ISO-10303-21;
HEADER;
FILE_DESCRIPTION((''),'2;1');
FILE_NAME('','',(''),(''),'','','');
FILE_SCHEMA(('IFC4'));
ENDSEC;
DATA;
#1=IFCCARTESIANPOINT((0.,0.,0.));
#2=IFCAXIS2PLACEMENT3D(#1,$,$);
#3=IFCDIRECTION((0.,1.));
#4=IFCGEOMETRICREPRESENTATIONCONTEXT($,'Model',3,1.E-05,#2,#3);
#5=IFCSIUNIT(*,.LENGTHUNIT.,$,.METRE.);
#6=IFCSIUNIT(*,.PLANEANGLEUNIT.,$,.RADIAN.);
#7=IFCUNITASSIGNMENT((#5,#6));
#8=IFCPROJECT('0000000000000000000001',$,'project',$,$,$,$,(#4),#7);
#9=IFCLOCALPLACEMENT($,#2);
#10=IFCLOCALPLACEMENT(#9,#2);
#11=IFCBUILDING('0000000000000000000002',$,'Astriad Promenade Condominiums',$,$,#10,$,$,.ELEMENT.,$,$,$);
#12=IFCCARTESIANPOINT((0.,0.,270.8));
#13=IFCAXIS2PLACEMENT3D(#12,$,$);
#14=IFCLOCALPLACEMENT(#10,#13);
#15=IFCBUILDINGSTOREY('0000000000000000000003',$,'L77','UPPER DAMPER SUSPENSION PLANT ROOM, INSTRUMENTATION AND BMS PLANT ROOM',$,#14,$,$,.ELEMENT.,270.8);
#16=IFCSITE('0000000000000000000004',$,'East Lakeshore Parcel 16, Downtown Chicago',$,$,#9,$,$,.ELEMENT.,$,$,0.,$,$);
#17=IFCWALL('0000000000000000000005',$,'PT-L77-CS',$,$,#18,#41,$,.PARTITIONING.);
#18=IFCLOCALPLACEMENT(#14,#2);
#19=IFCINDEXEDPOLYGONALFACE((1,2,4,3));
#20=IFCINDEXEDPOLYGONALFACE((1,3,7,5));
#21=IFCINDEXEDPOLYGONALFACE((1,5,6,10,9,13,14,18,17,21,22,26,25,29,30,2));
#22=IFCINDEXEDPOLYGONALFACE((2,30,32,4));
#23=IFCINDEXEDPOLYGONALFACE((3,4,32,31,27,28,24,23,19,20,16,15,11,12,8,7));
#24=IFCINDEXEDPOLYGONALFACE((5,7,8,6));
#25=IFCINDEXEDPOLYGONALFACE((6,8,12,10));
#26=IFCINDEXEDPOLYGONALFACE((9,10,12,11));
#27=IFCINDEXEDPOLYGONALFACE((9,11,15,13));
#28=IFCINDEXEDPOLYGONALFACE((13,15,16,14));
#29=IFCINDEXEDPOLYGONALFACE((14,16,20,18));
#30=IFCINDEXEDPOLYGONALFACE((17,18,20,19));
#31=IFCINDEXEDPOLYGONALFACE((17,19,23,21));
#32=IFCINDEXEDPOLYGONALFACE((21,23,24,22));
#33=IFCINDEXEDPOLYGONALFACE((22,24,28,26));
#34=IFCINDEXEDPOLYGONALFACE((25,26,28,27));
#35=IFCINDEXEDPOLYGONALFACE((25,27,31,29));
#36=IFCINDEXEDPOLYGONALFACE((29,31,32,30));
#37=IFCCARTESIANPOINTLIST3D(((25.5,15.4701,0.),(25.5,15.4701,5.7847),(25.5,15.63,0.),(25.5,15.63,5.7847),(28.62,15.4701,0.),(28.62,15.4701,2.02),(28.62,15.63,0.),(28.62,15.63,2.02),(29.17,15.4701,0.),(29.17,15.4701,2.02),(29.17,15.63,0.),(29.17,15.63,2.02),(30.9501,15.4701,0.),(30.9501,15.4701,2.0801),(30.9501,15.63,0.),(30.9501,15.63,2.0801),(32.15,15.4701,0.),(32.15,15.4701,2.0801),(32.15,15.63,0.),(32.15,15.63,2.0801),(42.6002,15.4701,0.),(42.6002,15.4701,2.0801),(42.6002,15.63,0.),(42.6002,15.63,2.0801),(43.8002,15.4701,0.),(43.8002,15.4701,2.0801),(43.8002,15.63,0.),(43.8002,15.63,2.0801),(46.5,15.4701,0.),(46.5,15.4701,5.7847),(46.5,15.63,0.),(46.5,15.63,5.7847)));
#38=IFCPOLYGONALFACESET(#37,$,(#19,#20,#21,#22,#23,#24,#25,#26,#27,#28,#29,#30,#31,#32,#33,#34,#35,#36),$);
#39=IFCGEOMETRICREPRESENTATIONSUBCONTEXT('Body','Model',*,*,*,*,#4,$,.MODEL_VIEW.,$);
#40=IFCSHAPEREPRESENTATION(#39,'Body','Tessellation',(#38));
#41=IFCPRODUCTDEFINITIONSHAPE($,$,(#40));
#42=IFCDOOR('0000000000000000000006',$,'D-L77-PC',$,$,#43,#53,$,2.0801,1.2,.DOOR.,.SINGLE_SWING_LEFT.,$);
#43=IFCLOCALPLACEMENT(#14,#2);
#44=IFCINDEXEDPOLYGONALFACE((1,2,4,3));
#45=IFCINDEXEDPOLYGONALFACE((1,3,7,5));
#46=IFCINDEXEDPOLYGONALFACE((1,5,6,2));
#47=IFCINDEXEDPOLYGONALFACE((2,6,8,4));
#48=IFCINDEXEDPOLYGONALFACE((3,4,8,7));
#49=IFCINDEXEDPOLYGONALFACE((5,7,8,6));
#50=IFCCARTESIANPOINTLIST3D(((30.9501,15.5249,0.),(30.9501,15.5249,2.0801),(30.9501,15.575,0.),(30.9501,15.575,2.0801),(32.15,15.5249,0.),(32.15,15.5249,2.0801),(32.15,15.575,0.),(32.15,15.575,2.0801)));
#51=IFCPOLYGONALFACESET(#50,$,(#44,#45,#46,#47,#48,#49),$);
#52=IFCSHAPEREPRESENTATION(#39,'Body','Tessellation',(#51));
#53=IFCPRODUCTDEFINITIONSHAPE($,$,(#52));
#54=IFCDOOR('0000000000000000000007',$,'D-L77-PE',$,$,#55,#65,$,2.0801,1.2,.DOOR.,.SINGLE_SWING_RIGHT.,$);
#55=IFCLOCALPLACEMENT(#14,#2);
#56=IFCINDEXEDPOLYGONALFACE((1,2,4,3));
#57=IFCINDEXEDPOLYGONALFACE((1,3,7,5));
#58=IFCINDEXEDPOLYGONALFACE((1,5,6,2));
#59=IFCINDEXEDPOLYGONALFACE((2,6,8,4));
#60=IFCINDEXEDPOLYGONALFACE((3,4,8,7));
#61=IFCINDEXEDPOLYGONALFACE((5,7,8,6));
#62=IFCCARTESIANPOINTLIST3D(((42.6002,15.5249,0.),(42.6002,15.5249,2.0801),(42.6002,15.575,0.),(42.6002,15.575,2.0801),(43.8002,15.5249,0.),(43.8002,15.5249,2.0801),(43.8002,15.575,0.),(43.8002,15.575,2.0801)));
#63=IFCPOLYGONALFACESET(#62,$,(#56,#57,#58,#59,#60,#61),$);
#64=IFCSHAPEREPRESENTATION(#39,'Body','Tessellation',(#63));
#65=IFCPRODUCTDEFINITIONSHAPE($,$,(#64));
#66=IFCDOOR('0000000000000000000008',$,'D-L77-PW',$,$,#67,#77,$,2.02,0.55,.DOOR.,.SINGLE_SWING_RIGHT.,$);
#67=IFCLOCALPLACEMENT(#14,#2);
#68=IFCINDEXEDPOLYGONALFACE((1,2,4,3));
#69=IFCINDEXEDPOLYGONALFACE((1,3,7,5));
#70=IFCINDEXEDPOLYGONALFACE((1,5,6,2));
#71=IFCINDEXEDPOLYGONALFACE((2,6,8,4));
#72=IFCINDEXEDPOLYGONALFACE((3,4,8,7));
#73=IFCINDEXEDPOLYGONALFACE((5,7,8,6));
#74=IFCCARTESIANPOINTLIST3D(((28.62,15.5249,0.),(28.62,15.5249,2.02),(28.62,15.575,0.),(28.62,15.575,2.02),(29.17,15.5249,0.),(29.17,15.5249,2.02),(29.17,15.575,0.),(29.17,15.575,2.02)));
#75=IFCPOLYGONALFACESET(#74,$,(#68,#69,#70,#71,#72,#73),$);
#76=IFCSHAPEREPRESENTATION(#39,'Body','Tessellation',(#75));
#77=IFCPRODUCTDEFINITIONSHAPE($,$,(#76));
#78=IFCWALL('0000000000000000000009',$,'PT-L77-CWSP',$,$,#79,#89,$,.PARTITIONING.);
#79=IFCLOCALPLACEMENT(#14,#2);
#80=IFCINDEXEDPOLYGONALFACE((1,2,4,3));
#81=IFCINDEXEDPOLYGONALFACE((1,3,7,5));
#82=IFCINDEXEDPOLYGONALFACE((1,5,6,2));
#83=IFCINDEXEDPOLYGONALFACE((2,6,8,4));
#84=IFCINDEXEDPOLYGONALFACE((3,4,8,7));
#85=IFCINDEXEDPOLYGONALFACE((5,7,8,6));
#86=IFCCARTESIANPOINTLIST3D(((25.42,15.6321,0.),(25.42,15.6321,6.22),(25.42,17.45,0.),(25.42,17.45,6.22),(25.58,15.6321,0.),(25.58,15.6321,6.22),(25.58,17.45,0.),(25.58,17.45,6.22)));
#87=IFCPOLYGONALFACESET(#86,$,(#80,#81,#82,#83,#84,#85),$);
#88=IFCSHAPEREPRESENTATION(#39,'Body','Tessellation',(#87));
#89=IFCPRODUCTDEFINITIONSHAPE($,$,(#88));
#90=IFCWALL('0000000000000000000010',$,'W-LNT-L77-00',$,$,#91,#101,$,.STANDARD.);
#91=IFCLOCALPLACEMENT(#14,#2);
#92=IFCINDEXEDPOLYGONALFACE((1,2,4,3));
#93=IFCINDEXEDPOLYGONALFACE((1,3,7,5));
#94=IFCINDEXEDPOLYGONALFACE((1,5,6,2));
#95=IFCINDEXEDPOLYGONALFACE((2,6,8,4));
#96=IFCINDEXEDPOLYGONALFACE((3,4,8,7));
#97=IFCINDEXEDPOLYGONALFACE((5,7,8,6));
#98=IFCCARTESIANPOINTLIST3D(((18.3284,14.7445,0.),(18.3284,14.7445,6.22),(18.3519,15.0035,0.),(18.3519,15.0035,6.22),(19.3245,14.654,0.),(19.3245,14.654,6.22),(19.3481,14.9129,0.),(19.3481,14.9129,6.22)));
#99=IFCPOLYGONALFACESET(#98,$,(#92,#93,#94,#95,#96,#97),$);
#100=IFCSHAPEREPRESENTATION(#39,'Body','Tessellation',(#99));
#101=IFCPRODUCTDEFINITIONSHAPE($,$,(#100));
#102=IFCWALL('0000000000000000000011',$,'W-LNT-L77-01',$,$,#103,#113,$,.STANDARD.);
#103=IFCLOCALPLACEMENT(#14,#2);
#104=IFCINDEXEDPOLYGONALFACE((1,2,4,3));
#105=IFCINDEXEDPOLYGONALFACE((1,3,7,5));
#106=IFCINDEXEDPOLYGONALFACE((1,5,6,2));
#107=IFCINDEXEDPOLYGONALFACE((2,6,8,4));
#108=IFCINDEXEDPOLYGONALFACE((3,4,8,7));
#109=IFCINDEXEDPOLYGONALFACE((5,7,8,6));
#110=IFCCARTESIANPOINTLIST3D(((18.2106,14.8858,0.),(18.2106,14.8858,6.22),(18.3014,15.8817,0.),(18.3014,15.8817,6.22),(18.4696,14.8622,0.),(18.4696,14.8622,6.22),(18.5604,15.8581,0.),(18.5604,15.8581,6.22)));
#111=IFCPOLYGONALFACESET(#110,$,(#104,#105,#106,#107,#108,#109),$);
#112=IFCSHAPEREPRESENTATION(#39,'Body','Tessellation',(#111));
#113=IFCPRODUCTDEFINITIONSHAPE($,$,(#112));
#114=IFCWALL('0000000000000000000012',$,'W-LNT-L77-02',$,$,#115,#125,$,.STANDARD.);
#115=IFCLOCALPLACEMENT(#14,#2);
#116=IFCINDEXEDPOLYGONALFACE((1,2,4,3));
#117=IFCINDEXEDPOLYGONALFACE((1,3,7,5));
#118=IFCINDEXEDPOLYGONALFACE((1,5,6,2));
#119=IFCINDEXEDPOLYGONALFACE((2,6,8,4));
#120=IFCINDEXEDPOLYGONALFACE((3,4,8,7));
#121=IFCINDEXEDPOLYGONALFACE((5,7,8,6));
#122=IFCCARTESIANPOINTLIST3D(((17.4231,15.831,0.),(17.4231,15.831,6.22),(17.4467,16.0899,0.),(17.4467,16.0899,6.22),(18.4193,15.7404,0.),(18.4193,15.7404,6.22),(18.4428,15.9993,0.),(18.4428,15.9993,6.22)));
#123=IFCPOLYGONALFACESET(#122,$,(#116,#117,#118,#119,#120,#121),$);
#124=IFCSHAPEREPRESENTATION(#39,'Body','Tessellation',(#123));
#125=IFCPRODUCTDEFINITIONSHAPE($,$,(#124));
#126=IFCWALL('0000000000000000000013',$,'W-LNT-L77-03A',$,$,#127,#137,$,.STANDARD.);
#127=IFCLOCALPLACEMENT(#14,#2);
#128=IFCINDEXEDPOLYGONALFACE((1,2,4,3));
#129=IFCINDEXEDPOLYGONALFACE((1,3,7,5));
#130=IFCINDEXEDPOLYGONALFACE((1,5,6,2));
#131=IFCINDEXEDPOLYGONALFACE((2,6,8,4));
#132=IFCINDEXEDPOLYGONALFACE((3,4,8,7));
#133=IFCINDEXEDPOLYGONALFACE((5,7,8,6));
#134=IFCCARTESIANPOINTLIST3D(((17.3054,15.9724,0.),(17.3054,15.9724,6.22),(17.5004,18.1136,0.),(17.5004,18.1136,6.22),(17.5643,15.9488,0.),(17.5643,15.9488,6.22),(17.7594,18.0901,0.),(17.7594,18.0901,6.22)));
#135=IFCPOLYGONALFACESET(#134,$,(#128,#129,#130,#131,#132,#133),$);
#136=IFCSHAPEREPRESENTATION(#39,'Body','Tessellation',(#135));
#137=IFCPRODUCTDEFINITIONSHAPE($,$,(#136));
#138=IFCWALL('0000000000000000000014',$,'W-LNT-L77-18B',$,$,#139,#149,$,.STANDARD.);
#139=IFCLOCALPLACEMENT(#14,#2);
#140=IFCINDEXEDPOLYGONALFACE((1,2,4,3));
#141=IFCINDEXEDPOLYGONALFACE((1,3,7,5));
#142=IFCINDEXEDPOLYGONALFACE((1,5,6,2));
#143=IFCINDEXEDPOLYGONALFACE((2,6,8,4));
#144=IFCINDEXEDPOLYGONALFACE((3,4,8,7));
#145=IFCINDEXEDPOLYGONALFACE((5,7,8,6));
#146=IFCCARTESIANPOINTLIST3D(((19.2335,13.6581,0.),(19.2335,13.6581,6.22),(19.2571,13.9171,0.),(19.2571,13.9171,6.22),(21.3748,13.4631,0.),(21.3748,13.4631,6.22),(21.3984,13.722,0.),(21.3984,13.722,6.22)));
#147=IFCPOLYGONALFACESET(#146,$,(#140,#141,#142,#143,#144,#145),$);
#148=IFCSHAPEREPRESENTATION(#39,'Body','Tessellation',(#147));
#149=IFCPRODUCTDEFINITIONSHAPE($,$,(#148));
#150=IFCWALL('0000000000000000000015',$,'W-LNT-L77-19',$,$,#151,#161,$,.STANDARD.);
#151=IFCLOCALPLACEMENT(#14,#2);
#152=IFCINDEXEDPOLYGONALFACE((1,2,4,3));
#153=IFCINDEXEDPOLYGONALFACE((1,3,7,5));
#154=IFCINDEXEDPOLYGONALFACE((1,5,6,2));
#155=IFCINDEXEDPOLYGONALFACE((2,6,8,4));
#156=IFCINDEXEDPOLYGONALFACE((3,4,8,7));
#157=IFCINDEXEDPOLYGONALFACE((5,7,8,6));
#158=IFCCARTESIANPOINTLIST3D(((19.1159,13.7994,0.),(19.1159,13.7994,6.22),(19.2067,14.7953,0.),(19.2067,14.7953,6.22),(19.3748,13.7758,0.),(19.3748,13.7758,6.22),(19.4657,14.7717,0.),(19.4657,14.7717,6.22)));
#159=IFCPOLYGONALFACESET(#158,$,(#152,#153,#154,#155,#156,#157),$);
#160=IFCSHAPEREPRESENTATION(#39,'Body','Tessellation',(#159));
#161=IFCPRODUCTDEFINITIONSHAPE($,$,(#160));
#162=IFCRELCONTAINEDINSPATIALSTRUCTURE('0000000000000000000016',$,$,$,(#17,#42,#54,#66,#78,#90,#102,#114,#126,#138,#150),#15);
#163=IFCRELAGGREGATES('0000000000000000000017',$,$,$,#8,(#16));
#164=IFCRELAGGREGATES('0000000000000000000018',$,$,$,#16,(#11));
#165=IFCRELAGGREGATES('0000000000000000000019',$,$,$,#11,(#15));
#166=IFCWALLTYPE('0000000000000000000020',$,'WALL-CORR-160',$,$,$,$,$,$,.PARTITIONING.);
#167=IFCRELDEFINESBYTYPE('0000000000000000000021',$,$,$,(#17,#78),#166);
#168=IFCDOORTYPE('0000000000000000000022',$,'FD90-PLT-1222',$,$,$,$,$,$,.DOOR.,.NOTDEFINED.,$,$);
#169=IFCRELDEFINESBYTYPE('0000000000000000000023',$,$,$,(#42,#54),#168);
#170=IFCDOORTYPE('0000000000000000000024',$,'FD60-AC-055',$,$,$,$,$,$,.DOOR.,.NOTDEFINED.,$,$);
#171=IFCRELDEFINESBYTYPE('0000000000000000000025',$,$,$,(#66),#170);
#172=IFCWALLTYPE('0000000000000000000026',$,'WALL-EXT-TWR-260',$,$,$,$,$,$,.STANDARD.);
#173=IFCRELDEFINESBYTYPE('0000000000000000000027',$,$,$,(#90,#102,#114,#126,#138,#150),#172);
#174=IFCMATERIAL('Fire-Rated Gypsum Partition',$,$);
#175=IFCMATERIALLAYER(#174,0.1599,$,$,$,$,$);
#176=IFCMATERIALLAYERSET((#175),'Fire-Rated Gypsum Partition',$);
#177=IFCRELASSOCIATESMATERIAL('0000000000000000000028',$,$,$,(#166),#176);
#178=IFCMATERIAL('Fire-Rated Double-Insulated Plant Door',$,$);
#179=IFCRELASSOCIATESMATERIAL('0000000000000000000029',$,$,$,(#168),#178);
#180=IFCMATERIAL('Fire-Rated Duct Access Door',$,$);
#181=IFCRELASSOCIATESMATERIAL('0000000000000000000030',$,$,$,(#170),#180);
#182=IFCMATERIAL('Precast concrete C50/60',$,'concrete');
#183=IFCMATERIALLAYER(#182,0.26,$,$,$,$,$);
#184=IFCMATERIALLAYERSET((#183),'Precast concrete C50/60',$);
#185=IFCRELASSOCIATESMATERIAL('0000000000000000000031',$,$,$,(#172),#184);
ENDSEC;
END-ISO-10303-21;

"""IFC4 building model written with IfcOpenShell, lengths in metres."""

from ifc_helpers import new_model, si_unit, direction, frame, frame_2d, origin, place, context, subcontext, project, spatial, rectangle, extrude, source, transform, mapped, material, layer, layer_set, type_object, type_shapes, element, fill, save


model = new_model("IFC4")

# Units and contexts
model_context = context("Model", 3, precision=1e-05, world=origin(), true_north=direction((0.0, 1.0)))
body_context = subcontext(model_context, "Body", "Model", "MODEL_VIEW")
ifc_project = project(units=[si_unit("LENGTHUNIT", "METRE"), si_unit("PLANEANGLEUNIT", "RADIAN")], contexts=[model_context])

# Site, building, storey
site_placement = place(None, origin())
site = spatial("IfcSite", under=ifc_project, at=site_placement, Name="East Lakeshore Parcel 16, Downtown Chicago", CompositionType="ELEMENT", RefElevation=0.0)
building_placement = place(site_placement, origin())
building = spatial("IfcBuilding", under=site, at=building_placement, Name="Astriad Promenade Condominiums", CompositionType="ELEMENT")
storey_placement = place(building_placement, frame((0.0, 0.0, 270.8)))
storey = spatial("IfcBuildingStorey", under=building, at=storey_placement, Name="L77", Description="UPPER DAMPER SUSPENSION PLANT ROOM, INSTRUMENTATION AND BMS PLANT ROOM", CompositionType="ELEMENT", Elevation=270.8)

# Wall, openings, doors
ifc_material_1 = material(Name="Fire-Rated Gypsum Partition")
ifc_layer_1 = layer(ifc_material_1, 0.1599)
ifc_layer_set_1 = layer_set([ifc_layer_1], Name="Fire-Rated Gypsum Partition")
wall_type_1 = type_object("IfcWallType", Name="WALL-CORR-160", PredefinedType="PARTITIONING", material=ifc_layer_set_1)
wall_1_placement = place(storey_placement, frame((25.5, 15.55, 0.0), z_axis=(0.0, 0.0, 1.0), x_axis=(1.0, 0.0, 0.0)))
wall_1 = element("IfcWall", 1, at=wall_1_placement, inside=storey, type_object=wall_type_1, Name="PT-L77-CS", PredefinedType="PARTITIONING", context=body_context, shape_type="SweptSolid", body=[
    extrude(rectangle(XDim=21.0, YDim=0.1599, at=frame_2d((10.5, 0.0))), origin(), (0.0, 0.0, 1.0), 5.7847),
])
opening_1_placement = place(wall_1_placement, frame((3.1201, 0.0, 0.0)))
opening_1 = element("IfcOpeningElement", 2, at=opening_1_placement, cuts=wall_1, PredefinedType="OPENING", context=body_context, shape_type="SweptSolid", body=[
    extrude(rectangle(XDim=0.55, YDim=2.02, at=frame_2d((0.2749, 1.01))), frame((0.0, 0.0898, 0.0), z_axis=(0.0, -1.0, 0.0), x_axis=(1.0, 0.0, 0.0)), (0.0, 0.0, 1.0), 0.1799),
])
opening_2_placement = place(wall_1_placement, frame((5.45, 0.0, 0.0)))
opening_2 = element("IfcOpeningElement", 3, at=opening_2_placement, cuts=wall_1, PredefinedType="OPENING", context=body_context, shape_type="SweptSolid", body=[
    extrude(rectangle(XDim=1.2, YDim=2.0801, at=frame_2d((0.6001, 1.04))), frame((0.0, 0.0898, 0.0), z_axis=(0.0, -1.0, 0.0), x_axis=(1.0, 0.0, 0.0)), (0.0, 0.0, 1.0), 0.1799),
])
opening_3_placement = place(wall_1_placement, frame((17.1001, 0.0, 0.0)))
opening_3 = element("IfcOpeningElement", 4, at=opening_3_placement, cuts=wall_1, PredefinedType="OPENING", context=body_context, shape_type="SweptSolid", body=[
    extrude(rectangle(XDim=1.2, YDim=2.0801, at=frame_2d((0.6001, 1.04))), frame((0.0, 0.0898, 0.0), z_axis=(0.0, -1.0, 0.0), x_axis=(1.0, 0.0, 0.0)), (0.0, 0.0, 1.0), 0.1799),
])
ifc_material_2 = material(Name="Fire-Rated Double-Insulated Plant Door")
door_type_1 = type_object("IfcDoorType", Name="FD90-PLT-1222", OperationType="NOTDEFINED", PredefinedType="DOOR", material=ifc_material_2)
shared_shape_1 = source(origin(), body_context, "Body", "SweptSolid", [
    extrude(rectangle(XDim=1.2, YDim=2.0801, at=frame_2d((0.6001, 1.04))), frame((0.0, 0.0249, 0.0), z_axis=(0.0, -1.0, 0.0), x_axis=(1.0, 0.0, 0.0)), (0.0, 0.0, 1.0), 0.05),
])
type_shapes(door_type_1, [shared_shape_1])
door_1_placement = place(opening_2_placement, origin())
door_1 = element("IfcDoor", 5, at=door_1_placement, inside=storey, type_object=door_type_1, Name="D-L77-PC", OperationType="SINGLE_SWING_LEFT", OverallHeight=2.0801, OverallWidth=1.2, PredefinedType="DOOR", context=body_context, shape_type="MappedRepresentation", body=[
    mapped(shared_shape_1, transform((0.0, 0.0, 0.0), scale=1.0)),
])
fill(opening_2, door_1)
door_2_placement = place(opening_3_placement, origin())
door_2 = element("IfcDoor", 6, at=door_2_placement, inside=storey, type_object=door_type_1, Name="D-L77-PE", OperationType="SINGLE_SWING_RIGHT", OverallHeight=2.0801, OverallWidth=1.2, PredefinedType="DOOR", context=body_context, shape_type="MappedRepresentation", body=[
    mapped(shared_shape_1, transform((0.0, 0.0, 0.0), scale=1.0)),
])
fill(opening_3, door_2)
ifc_material_3 = material(Name="Fire-Rated Duct Access Door")
door_type_2 = type_object("IfcDoorType", Name="FD60-AC-055", OperationType="NOTDEFINED", PredefinedType="DOOR", material=ifc_material_3)
shared_shape_2 = source(origin(), body_context, "Body", "SweptSolid", [
    extrude(rectangle(XDim=0.55, YDim=2.02, at=frame_2d((0.2749, 1.01))), frame((0.0, 0.0249, 0.0), z_axis=(0.0, -1.0, 0.0), x_axis=(1.0, 0.0, 0.0)), (0.0, 0.0, 1.0), 0.05),
])
type_shapes(door_type_2, [shared_shape_2])
door_3_placement = place(opening_1_placement, origin())
door_3 = element("IfcDoor", 7, at=door_3_placement, inside=storey, type_object=door_type_2, Name="D-L77-PW", OperationType="SINGLE_SWING_RIGHT", OverallHeight=2.02, OverallWidth=0.55, PredefinedType="DOOR", context=body_context, shape_type="MappedRepresentation", body=[
    mapped(shared_shape_2, transform((0.0, 0.0, 0.0), scale=1.0)),
])
fill(opening_1, door_3)

# Walls
wall_2_placement = place(storey_placement, frame((25.5, 15.6321, 0.0), z_axis=(0.0, 0.0, 1.0), x_axis=(0.0, 1.0, 0.0)))
element("IfcWall", 8, at=wall_2_placement, inside=storey, type_object=wall_type_1, Name="PT-L77-CWSP", PredefinedType="PARTITIONING", context=body_context, shape_type="SweptSolid", body=[
    extrude(rectangle(XDim=1.8179, YDim=0.1599, at=frame_2d((0.9089, 0.0))), origin(), (0.0, 0.0, 1.0), 6.22),
])
ifc_material_4 = material(Name="Precast concrete C50/60", Category="concrete")
ifc_layer_2 = layer(ifc_material_4, 0.26)
ifc_layer_set_2 = layer_set([ifc_layer_2], Name="Precast concrete C50/60")
wall_type_2 = type_object("IfcWallType", Name="WALL-EXT-TWR-260", PredefinedType="STANDARD", material=ifc_layer_set_2)
wall_3_placement = place(storey_placement, frame((19.3362, 14.7834, 0.0), z_axis=(0.0, 0.0, 1.0), x_axis=(-0.995891, 0.090558, 0.0)))
element("IfcWall", 9, at=wall_3_placement, inside=storey, type_object=wall_type_2, Name="W-LNT-L77-00", PredefinedType="STANDARD", context=body_context, shape_type="SweptSolid", body=[
    extrude(rectangle(XDim=1.0002, YDim=0.26, at=frame_2d((0.5, 0.0))), origin(), (0.0, 0.0, 1.0), 6.22),
])
wall_4_placement = place(storey_placement, frame((18.3401, 14.874, 0.0), z_axis=(0.0, 0.0, 1.0), x_axis=(0.090822, 0.995867, 0.0)))
element("IfcWall", 10, at=wall_4_placement, inside=storey, type_object=wall_type_2, Name="W-LNT-L77-01", PredefinedType="STANDARD", context=body_context, shape_type="SweptSolid", body=[
    extrude(rectangle(XDim=1.0, YDim=0.26, at=frame_2d((0.5, 0.0))), origin(), (0.0, 0.0, 1.0), 6.22),
])
wall_5_placement = place(storey_placement, frame((18.4309, 15.8699, 0.0), z_axis=(0.0, 0.0, 1.0), x_axis=(-0.995891, 0.090558, 0.0)))
element("IfcWall", 11, at=wall_5_placement, inside=storey, type_object=wall_type_2, Name="W-LNT-L77-02", PredefinedType="STANDARD", context=body_context, shape_type="SweptSolid", body=[
    extrude(rectangle(XDim=1.0002, YDim=0.26, at=frame_2d((0.5, 0.0))), origin(), (0.0, 0.0, 1.0), 6.22),
])
for number, where, z_axis, x_axis, name in (
    (12, (17.4348, 15.9604, 0.0), (0.0, 0.0, 1.0), (0.09072, 0.995876, 0.0), "W-LNT-L77-03A"),
    (13, (21.3867, 13.5925, 0.0), (0.0, 0.0, 1.0), (-0.995876, 0.09072, 0.0), "W-LNT-L77-18B"),
):
    element("IfcWall", number, at=place(storey_placement, frame(where, z_axis=z_axis, x_axis=x_axis)), inside=storey, type_object=wall_type_2, Name=name, PredefinedType="STANDARD", context=body_context, shape_type="SweptSolid", body=[
        extrude(rectangle(XDim=2.1501, YDim=0.26, at=frame_2d((1.0752, 0.0))), origin(), (0.0, 0.0, 1.0), 6.22),
    ])
wall_6_placement = place(storey_placement, frame((19.2454, 13.7876, 0.0), z_axis=(0.0, 0.0, 1.0), x_axis=(0.090822, 0.995867, 0.0)))
element("IfcWall", 14, at=wall_6_placement, inside=storey, type_object=wall_type_2, Name="W-LNT-L77-19", PredefinedType="STANDARD", context=body_context, shape_type="SweptSolid", body=[
    extrude(rectangle(XDim=1.0, YDim=0.26, at=frame_2d((0.5, 0.0))), origin(), (0.0, 0.0, 1.0), 6.22),
])

save(model, "model.ifc")
